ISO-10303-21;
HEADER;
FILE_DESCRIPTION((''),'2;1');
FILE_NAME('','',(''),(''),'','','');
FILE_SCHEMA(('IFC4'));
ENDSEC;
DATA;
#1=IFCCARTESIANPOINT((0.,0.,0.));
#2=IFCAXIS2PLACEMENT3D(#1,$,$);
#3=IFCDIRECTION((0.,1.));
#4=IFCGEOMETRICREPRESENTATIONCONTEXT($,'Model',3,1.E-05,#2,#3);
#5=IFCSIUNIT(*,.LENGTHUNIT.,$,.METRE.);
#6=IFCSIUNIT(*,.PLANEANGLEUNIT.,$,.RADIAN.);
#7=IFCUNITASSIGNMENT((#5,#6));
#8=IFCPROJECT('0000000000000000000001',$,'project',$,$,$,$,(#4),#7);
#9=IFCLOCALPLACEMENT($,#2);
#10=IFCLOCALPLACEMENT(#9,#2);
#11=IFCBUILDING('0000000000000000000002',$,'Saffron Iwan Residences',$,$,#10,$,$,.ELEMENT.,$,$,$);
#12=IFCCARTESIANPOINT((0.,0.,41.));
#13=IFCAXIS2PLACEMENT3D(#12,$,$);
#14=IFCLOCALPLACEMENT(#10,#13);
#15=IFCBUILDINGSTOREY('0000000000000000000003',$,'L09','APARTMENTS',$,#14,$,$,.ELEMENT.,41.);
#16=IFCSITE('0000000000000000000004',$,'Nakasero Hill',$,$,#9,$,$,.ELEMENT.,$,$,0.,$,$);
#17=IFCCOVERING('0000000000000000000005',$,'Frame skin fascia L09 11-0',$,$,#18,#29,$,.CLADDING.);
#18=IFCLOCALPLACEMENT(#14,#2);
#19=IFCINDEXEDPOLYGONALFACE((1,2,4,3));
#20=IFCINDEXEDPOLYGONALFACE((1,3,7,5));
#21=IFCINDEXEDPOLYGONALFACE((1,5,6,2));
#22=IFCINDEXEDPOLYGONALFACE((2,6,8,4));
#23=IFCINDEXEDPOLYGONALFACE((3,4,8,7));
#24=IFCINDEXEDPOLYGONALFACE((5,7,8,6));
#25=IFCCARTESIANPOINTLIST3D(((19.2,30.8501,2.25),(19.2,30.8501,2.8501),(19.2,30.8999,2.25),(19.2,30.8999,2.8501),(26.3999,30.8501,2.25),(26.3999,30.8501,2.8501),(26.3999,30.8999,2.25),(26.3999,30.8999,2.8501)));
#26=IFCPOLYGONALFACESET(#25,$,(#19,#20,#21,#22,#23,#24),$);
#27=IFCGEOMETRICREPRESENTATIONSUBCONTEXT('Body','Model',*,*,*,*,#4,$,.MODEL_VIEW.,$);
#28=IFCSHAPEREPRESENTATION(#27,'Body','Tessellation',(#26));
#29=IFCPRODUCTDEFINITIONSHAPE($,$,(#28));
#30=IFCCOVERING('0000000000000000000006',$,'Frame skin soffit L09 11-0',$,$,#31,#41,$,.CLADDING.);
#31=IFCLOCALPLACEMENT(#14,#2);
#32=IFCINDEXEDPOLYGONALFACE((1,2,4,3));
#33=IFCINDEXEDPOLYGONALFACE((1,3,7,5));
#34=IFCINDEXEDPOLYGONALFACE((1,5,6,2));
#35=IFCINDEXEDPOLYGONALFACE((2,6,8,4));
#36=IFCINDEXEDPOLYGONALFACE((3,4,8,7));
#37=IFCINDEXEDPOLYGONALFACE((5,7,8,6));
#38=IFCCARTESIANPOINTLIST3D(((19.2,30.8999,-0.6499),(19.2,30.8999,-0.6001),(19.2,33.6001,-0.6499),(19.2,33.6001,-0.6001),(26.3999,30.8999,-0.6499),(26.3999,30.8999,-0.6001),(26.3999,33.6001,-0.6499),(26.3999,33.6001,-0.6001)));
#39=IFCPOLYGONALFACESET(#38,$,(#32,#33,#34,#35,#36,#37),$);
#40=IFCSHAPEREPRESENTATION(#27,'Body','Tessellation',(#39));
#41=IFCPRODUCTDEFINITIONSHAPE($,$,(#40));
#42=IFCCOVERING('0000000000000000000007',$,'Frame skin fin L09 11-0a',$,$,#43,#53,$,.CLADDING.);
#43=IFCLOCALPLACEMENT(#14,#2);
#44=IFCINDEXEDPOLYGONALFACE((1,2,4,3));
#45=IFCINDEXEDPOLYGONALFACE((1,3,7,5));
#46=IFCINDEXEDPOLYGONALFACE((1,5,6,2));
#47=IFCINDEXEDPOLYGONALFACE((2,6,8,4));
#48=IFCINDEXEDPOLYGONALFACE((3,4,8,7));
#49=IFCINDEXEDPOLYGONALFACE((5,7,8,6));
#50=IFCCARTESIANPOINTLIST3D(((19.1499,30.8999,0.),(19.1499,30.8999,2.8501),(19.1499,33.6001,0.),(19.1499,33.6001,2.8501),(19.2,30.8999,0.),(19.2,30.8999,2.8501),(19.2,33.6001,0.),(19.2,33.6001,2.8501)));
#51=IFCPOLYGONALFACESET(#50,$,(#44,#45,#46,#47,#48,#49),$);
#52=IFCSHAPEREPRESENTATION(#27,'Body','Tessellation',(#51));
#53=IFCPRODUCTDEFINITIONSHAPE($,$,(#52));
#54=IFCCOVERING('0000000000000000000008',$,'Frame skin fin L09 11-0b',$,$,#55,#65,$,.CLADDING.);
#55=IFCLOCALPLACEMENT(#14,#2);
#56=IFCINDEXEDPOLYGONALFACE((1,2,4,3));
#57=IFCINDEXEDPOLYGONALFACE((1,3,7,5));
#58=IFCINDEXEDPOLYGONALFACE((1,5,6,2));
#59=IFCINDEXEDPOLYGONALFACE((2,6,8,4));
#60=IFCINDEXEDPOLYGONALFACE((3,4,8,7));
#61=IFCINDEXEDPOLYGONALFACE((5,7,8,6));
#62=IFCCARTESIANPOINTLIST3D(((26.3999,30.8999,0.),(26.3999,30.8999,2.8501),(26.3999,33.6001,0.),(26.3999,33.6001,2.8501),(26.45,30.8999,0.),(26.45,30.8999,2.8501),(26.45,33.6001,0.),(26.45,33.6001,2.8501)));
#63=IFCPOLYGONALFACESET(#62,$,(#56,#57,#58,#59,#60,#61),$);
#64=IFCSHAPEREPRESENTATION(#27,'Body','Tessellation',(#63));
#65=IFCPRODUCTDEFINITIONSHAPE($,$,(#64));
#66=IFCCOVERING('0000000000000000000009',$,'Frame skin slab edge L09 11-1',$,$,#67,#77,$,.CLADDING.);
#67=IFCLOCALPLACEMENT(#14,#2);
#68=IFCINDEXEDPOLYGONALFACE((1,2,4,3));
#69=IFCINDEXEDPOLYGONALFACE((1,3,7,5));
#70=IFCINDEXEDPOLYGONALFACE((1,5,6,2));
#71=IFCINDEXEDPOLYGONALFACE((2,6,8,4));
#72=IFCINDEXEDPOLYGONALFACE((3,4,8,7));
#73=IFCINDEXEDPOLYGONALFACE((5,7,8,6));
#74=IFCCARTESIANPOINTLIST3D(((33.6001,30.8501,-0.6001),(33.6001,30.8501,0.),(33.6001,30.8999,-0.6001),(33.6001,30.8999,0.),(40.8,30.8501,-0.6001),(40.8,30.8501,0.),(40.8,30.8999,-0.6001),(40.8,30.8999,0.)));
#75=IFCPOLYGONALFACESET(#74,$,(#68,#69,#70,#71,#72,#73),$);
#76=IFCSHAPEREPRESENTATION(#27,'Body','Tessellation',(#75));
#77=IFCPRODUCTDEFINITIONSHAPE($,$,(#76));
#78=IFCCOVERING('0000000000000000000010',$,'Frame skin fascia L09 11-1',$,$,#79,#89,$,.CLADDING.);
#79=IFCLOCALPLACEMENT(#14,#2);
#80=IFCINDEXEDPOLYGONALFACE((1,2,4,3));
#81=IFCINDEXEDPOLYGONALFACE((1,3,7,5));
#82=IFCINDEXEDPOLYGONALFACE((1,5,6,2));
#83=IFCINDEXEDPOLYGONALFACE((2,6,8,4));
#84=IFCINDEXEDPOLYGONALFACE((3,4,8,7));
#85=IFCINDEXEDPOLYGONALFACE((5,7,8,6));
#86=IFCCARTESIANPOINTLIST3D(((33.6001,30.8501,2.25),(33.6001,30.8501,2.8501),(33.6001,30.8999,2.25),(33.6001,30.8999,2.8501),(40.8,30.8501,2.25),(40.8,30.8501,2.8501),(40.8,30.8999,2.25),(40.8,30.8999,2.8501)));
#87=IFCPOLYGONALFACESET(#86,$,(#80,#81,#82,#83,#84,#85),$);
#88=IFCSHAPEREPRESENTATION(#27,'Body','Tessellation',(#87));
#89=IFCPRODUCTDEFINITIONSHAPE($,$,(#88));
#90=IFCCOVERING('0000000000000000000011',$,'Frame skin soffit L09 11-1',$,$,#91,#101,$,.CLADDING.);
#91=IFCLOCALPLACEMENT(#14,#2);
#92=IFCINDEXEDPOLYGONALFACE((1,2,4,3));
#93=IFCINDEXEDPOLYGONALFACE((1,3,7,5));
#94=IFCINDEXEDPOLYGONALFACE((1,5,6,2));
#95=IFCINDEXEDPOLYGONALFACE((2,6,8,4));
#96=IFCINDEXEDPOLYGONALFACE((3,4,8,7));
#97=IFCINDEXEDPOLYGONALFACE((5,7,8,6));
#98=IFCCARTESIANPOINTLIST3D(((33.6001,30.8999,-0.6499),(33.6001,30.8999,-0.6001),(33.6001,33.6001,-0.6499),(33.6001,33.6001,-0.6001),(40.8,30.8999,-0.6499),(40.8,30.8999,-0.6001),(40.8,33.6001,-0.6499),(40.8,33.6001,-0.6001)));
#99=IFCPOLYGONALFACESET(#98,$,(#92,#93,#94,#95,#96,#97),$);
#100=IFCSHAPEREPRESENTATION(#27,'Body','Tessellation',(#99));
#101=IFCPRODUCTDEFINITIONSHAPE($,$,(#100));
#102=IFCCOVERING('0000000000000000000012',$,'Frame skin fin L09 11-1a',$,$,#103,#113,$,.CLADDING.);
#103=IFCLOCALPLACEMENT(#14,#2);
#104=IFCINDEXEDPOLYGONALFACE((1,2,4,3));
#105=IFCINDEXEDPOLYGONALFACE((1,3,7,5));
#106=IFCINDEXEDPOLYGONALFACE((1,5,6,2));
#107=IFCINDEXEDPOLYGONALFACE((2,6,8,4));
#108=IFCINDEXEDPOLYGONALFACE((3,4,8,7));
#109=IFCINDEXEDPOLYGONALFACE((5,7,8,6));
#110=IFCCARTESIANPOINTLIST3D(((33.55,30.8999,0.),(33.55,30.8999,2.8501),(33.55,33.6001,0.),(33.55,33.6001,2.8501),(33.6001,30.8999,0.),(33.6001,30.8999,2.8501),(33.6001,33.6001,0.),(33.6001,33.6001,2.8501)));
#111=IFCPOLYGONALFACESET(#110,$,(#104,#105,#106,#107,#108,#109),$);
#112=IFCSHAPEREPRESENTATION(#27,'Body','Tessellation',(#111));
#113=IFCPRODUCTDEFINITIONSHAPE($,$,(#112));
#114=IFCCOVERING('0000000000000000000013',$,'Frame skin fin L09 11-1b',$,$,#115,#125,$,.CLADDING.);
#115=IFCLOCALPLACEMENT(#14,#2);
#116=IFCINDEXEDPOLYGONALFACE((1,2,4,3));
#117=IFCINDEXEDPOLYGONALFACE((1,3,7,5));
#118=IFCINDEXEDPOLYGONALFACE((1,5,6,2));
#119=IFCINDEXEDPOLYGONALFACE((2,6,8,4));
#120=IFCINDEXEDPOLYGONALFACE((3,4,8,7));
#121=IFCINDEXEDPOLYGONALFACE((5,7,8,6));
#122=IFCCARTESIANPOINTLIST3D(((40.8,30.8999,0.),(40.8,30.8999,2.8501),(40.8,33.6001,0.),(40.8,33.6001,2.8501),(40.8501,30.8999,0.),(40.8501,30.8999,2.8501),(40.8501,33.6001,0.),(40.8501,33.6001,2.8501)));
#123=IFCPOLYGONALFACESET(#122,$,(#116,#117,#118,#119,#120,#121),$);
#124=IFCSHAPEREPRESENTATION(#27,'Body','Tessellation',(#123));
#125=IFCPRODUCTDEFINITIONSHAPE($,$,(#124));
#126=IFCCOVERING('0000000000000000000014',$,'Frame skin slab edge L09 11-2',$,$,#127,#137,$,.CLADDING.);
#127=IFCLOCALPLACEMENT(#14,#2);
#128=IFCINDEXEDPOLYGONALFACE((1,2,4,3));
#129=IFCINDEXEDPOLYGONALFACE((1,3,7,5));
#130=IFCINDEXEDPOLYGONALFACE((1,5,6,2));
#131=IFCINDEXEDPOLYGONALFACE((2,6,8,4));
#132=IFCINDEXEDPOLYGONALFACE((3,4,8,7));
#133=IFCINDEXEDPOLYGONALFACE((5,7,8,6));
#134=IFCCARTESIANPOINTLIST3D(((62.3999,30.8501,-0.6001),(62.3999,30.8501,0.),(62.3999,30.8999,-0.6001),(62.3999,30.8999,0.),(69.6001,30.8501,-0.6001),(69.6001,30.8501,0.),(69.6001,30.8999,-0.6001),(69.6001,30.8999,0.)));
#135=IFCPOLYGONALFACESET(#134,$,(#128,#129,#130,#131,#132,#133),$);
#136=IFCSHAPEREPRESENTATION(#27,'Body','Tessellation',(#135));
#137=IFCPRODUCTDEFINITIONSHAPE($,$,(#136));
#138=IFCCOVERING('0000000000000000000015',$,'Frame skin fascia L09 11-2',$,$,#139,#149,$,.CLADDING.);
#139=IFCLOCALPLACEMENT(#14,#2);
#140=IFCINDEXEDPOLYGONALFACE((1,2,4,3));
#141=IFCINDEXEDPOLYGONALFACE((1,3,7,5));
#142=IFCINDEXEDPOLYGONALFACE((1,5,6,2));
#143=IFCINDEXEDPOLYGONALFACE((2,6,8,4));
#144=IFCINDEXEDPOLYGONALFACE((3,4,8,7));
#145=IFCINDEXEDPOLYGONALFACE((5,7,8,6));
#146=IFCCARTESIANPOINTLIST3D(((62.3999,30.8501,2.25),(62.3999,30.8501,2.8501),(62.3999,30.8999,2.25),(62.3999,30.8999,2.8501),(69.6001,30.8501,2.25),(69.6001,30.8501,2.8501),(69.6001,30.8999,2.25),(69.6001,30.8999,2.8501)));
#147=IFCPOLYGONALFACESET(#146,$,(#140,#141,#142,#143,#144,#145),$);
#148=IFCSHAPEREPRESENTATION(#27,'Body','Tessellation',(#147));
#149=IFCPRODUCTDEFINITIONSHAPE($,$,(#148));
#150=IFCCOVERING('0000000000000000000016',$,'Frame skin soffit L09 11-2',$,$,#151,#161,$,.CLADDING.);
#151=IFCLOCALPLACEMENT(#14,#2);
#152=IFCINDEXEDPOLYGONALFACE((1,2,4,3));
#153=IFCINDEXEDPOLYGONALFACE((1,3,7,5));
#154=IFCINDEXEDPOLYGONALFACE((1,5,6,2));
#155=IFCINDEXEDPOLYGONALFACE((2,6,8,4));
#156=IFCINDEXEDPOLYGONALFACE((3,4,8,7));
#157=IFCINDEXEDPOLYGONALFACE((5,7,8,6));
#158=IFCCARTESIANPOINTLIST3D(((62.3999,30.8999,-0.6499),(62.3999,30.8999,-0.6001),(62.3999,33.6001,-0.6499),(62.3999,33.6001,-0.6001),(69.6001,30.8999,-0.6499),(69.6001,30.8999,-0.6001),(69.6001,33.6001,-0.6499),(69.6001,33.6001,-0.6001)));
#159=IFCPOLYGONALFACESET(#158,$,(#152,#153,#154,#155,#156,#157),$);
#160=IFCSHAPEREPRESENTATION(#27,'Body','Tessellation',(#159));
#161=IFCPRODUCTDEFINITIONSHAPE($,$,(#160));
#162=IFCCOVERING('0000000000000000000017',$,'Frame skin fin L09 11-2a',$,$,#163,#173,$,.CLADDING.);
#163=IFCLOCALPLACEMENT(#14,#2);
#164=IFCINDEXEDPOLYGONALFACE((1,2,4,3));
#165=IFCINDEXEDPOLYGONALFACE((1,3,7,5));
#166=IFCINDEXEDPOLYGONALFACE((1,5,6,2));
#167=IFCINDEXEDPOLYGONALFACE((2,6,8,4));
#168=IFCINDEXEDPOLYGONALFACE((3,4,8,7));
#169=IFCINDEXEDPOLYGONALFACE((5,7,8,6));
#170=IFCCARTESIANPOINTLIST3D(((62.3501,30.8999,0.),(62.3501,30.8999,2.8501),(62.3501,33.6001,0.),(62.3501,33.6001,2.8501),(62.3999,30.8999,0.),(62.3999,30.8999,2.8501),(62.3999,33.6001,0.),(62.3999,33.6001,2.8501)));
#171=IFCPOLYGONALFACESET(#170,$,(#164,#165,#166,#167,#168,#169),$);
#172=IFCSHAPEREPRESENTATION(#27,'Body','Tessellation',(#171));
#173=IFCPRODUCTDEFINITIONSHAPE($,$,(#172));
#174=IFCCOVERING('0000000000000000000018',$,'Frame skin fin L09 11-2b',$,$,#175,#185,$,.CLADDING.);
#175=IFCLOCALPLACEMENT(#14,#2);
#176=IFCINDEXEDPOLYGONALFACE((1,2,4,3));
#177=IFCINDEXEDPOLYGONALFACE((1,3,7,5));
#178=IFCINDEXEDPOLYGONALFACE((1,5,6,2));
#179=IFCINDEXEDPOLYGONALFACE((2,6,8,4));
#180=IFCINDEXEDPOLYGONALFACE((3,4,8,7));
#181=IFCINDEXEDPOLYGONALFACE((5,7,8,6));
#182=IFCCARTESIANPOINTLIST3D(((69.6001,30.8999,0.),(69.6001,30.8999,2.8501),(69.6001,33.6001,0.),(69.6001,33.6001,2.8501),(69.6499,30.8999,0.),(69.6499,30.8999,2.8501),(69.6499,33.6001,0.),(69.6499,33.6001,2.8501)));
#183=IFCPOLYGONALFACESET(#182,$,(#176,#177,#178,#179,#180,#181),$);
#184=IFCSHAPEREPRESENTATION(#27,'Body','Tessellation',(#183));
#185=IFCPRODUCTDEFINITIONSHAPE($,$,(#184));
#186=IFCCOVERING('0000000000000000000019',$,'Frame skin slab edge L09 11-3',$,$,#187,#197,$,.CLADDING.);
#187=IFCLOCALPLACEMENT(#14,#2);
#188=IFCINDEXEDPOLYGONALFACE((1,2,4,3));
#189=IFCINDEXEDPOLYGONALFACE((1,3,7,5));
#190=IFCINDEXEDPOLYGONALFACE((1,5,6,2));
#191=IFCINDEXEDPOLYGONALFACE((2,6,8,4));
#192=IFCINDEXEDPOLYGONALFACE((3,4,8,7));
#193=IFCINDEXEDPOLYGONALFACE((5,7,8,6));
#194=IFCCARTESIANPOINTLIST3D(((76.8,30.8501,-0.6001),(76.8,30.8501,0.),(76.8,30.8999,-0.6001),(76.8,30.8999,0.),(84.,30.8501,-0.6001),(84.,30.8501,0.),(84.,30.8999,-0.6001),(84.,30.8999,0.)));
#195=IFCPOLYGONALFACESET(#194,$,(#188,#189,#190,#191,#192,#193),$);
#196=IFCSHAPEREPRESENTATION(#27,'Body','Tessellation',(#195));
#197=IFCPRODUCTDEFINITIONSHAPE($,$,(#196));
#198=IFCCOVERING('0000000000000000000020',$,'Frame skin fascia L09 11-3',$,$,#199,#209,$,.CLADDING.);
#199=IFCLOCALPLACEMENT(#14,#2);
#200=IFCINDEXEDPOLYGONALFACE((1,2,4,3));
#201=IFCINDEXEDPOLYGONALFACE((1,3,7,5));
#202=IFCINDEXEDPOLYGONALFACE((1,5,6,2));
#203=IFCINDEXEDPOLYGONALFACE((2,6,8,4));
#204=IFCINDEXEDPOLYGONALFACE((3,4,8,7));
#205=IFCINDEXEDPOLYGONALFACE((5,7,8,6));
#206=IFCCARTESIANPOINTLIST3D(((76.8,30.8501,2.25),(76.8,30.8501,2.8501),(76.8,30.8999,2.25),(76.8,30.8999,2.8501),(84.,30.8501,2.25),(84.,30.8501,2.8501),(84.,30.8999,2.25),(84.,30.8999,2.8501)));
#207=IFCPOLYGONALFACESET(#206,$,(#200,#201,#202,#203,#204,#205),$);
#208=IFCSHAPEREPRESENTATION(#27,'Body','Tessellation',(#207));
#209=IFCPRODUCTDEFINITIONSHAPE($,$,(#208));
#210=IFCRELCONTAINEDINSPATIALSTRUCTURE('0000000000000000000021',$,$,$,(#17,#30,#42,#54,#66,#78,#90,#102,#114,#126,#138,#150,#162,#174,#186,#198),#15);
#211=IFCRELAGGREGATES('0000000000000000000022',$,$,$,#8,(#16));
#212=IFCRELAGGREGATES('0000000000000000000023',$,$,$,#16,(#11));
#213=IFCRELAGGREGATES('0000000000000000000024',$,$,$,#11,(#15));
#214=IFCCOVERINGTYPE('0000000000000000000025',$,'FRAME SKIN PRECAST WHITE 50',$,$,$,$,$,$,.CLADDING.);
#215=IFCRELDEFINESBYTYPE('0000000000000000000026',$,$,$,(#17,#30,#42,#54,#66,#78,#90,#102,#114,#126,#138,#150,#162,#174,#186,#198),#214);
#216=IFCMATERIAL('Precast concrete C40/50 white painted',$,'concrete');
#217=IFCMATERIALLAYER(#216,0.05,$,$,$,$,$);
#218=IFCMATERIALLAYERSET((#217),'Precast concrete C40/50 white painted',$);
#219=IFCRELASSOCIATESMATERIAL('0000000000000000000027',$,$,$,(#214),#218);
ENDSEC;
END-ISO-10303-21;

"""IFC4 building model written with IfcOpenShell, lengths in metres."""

from ifc_helpers import new_model, si_unit, direction, frame, origin, place, context, subcontext, project, spatial, polyline, outline, extrude, material, layer, layer_set, type_object, element, save


model = new_model("IFC4")

# Units and contexts
model_context = context("Model", 3, precision=1e-05, world=origin(), true_north=direction((0.0, 1.0)))
body_context = subcontext(model_context, "Body", "Model", "MODEL_VIEW")
ifc_project = project(units=[si_unit("LENGTHUNIT", "METRE"), si_unit("PLANEANGLEUNIT", "RADIAN")], contexts=[model_context])

# Site, building, storey
site_placement = place(None, origin())
site = spatial("IfcSite", under=ifc_project, at=site_placement, Name="Nakasero Hill", CompositionType="ELEMENT", RefElevation=0.0)
building_placement = place(site_placement, origin())
building = spatial("IfcBuilding", under=site, at=building_placement, Name="Saffron Iwan Residences", CompositionType="ELEMENT")
storey_placement = place(building_placement, frame((0.0, 0.0, 41.0)))
storey = spatial("IfcBuildingStorey", under=building, at=storey_placement, Name="L09", Description="APARTMENTS", CompositionType="ELEMENT", Elevation=41.0)

# Coverings
ifc_material_1 = material(Name="Precast concrete C40/50 white painted", Category="concrete")
ifc_layer_1 = layer(ifc_material_1, 0.05)
ifc_layer_set_1 = layer_set([ifc_layer_1], Name="Precast concrete C40/50 white painted")
covering_type = type_object("IfcCoveringType", Name="FRAME SKIN PRECAST WHITE 50", PredefinedType="CLADDING", material=ifc_layer_set_1)
for number, where, name in (
    (1, (0.0, 0.0, 2.25), "Frame skin fascia L09 11-0"),
):
    element("IfcCovering", number, at=place(storey_placement, frame(where)), inside=storey, type_object=covering_type, Name=name, PredefinedType="CLADDING", context=body_context, shape_type="SweptSolid", body=[
        extrude(outline(polyline([(19.2, 30.8501), (26.3999, 30.8501), (26.3999, 30.8999), (19.2, 30.8999), (19.2, 30.8501)])), origin(), (0.0, 0.0, 1.0), 0.6001),
    ])
covering_1_placement = place(storey_placement, frame((0.0, 0.0, -0.6499)))
element("IfcCovering", 2, at=covering_1_placement, inside=storey, type_object=covering_type, Name="Frame skin soffit L09 11-0", PredefinedType="CLADDING", context=body_context, shape_type="SweptSolid", body=[
    extrude(outline(polyline([(19.2, 30.8999), (26.3999, 30.8999), (26.3999, 33.6001), (19.2, 33.6001), (19.2, 30.8999)])), origin(), (0.0, 0.0, 1.0), 0.0498),
])
covering_2_placement = place(storey_placement, origin())
element("IfcCovering", 3, at=covering_2_placement, inside=storey, type_object=covering_type, Name="Frame skin fin L09 11-0a", PredefinedType="CLADDING", context=body_context, shape_type="SweptSolid", body=[
    extrude(outline(polyline([(19.1499, 30.8999), (19.2, 30.8999), (19.2, 33.6001), (19.1499, 33.6001), (19.1499, 30.8999)])), origin(), (0.0, 0.0, 1.0), 2.8501),
])
covering_3_placement = place(storey_placement, origin())
element("IfcCovering", 4, at=covering_3_placement, inside=storey, type_object=covering_type, Name="Frame skin fin L09 11-0b", PredefinedType="CLADDING", context=body_context, shape_type="SweptSolid", body=[
    extrude(outline(polyline([(26.3999, 30.8999), (26.45, 30.8999), (26.45, 33.6001), (26.3999, 33.6001), (26.3999, 30.8999)])), origin(), (0.0, 0.0, 1.0), 2.8501),
])
for number, where, name in (
    (5, (0.0, 0.0, -0.6001), "Frame skin slab edge L09 11-1"),
    (6, (0.0, 0.0, 2.25), "Frame skin fascia L09 11-1"),
):
    element("IfcCovering", number, at=place(storey_placement, frame(where)), inside=storey, type_object=covering_type, Name=name, PredefinedType="CLADDING", context=body_context, shape_type="SweptSolid", body=[
        extrude(outline(polyline([(33.6001, 30.8501), (40.8, 30.8501), (40.8, 30.8999), (33.6001, 30.8999), (33.6001, 30.8501)])), origin(), (0.0, 0.0, 1.0), 0.6001),
    ])
covering_4_placement = place(storey_placement, frame((0.0, 0.0, -0.6499)))
element("IfcCovering", 7, at=covering_4_placement, inside=storey, type_object=covering_type, Name="Frame skin soffit L09 11-1", PredefinedType="CLADDING", context=body_context, shape_type="SweptSolid", body=[
    extrude(outline(polyline([(33.6001, 30.8999), (40.8, 30.8999), (40.8, 33.6001), (33.6001, 33.6001), (33.6001, 30.8999)])), origin(), (0.0, 0.0, 1.0), 0.0498),
])
covering_5_placement = place(storey_placement, origin())
element("IfcCovering", 8, at=covering_5_placement, inside=storey, type_object=covering_type, Name="Frame skin fin L09 11-1a", PredefinedType="CLADDING", context=body_context, shape_type="SweptSolid", body=[
    extrude(outline(polyline([(33.55, 30.8999), (33.6001, 30.8999), (33.6001, 33.6001), (33.55, 33.6001), (33.55, 30.8999)])), origin(), (0.0, 0.0, 1.0), 2.8501),
])
covering_6_placement = place(storey_placement, origin())
element("IfcCovering", 9, at=covering_6_placement, inside=storey, type_object=covering_type, Name="Frame skin fin L09 11-1b", PredefinedType="CLADDING", context=body_context, shape_type="SweptSolid", body=[
    extrude(outline(polyline([(40.8, 30.8999), (40.8501, 30.8999), (40.8501, 33.6001), (40.8, 33.6001), (40.8, 30.8999)])), origin(), (0.0, 0.0, 1.0), 2.8501),
])
for number, where, name in (
    (10, (0.0, 0.0, -0.6001), "Frame skin slab edge L09 11-2"),
    (11, (0.0, 0.0, 2.25), "Frame skin fascia L09 11-2"),
):
    element("IfcCovering", number, at=place(storey_placement, frame(where)), inside=storey, type_object=covering_type, Name=name, PredefinedType="CLADDING", context=body_context, shape_type="SweptSolid", body=[
        extrude(outline(polyline([(62.3999, 30.8501), (69.6001, 30.8501), (69.6001, 30.8999), (62.3999, 30.8999), (62.3999, 30.8501)])), origin(), (0.0, 0.0, 1.0), 0.6001),
    ])
covering_7_placement = place(storey_placement, frame((0.0, 0.0, -0.6499)))
element("IfcCovering", 12, at=covering_7_placement, inside=storey, type_object=covering_type, Name="Frame skin soffit L09 11-2", PredefinedType="CLADDING", context=body_context, shape_type="SweptSolid", body=[
    extrude(outline(polyline([(62.3999, 30.8999), (69.6001, 30.8999), (69.6001, 33.6001), (62.3999, 33.6001), (62.3999, 30.8999)])), origin(), (0.0, 0.0, 1.0), 0.0498),
])
covering_8_placement = place(storey_placement, origin())
element("IfcCovering", 13, at=covering_8_placement, inside=storey, type_object=covering_type, Name="Frame skin fin L09 11-2a", PredefinedType="CLADDING", context=body_context, shape_type="SweptSolid", body=[
    extrude(outline(polyline([(62.3501, 30.8999), (62.3999, 30.8999), (62.3999, 33.6001), (62.3501, 33.6001), (62.3501, 30.8999)])), origin(), (0.0, 0.0, 1.0), 2.8501),
])
covering_9_placement = place(storey_placement, origin())
element("IfcCovering", 14, at=covering_9_placement, inside=storey, type_object=covering_type, Name="Frame skin fin L09 11-2b", PredefinedType="CLADDING", context=body_context, shape_type="SweptSolid", body=[
    extrude(outline(polyline([(69.6001, 30.8999), (69.6499, 30.8999), (69.6499, 33.6001), (69.6001, 33.6001), (69.6001, 30.8999)])), origin(), (0.0, 0.0, 1.0), 2.8501),
])
for number, where, name in (
    (15, (0.0, 0.0, -0.6001), "Frame skin slab edge L09 11-3"),
    (16, (0.0, 0.0, 2.25), "Frame skin fascia L09 11-3"),
):
    element("IfcCovering", number, at=place(storey_placement, frame(where)), inside=storey, type_object=covering_type, Name=name, PredefinedType="CLADDING", context=body_context, shape_type="SweptSolid", body=[
        extrude(outline(polyline([(76.8, 30.8501), (84.0, 30.8501), (84.0, 30.8999), (76.8, 30.8999), (76.8, 30.8501)])), origin(), (0.0, 0.0, 1.0), 0.6001),
    ])

save(model, "model.ifc")
